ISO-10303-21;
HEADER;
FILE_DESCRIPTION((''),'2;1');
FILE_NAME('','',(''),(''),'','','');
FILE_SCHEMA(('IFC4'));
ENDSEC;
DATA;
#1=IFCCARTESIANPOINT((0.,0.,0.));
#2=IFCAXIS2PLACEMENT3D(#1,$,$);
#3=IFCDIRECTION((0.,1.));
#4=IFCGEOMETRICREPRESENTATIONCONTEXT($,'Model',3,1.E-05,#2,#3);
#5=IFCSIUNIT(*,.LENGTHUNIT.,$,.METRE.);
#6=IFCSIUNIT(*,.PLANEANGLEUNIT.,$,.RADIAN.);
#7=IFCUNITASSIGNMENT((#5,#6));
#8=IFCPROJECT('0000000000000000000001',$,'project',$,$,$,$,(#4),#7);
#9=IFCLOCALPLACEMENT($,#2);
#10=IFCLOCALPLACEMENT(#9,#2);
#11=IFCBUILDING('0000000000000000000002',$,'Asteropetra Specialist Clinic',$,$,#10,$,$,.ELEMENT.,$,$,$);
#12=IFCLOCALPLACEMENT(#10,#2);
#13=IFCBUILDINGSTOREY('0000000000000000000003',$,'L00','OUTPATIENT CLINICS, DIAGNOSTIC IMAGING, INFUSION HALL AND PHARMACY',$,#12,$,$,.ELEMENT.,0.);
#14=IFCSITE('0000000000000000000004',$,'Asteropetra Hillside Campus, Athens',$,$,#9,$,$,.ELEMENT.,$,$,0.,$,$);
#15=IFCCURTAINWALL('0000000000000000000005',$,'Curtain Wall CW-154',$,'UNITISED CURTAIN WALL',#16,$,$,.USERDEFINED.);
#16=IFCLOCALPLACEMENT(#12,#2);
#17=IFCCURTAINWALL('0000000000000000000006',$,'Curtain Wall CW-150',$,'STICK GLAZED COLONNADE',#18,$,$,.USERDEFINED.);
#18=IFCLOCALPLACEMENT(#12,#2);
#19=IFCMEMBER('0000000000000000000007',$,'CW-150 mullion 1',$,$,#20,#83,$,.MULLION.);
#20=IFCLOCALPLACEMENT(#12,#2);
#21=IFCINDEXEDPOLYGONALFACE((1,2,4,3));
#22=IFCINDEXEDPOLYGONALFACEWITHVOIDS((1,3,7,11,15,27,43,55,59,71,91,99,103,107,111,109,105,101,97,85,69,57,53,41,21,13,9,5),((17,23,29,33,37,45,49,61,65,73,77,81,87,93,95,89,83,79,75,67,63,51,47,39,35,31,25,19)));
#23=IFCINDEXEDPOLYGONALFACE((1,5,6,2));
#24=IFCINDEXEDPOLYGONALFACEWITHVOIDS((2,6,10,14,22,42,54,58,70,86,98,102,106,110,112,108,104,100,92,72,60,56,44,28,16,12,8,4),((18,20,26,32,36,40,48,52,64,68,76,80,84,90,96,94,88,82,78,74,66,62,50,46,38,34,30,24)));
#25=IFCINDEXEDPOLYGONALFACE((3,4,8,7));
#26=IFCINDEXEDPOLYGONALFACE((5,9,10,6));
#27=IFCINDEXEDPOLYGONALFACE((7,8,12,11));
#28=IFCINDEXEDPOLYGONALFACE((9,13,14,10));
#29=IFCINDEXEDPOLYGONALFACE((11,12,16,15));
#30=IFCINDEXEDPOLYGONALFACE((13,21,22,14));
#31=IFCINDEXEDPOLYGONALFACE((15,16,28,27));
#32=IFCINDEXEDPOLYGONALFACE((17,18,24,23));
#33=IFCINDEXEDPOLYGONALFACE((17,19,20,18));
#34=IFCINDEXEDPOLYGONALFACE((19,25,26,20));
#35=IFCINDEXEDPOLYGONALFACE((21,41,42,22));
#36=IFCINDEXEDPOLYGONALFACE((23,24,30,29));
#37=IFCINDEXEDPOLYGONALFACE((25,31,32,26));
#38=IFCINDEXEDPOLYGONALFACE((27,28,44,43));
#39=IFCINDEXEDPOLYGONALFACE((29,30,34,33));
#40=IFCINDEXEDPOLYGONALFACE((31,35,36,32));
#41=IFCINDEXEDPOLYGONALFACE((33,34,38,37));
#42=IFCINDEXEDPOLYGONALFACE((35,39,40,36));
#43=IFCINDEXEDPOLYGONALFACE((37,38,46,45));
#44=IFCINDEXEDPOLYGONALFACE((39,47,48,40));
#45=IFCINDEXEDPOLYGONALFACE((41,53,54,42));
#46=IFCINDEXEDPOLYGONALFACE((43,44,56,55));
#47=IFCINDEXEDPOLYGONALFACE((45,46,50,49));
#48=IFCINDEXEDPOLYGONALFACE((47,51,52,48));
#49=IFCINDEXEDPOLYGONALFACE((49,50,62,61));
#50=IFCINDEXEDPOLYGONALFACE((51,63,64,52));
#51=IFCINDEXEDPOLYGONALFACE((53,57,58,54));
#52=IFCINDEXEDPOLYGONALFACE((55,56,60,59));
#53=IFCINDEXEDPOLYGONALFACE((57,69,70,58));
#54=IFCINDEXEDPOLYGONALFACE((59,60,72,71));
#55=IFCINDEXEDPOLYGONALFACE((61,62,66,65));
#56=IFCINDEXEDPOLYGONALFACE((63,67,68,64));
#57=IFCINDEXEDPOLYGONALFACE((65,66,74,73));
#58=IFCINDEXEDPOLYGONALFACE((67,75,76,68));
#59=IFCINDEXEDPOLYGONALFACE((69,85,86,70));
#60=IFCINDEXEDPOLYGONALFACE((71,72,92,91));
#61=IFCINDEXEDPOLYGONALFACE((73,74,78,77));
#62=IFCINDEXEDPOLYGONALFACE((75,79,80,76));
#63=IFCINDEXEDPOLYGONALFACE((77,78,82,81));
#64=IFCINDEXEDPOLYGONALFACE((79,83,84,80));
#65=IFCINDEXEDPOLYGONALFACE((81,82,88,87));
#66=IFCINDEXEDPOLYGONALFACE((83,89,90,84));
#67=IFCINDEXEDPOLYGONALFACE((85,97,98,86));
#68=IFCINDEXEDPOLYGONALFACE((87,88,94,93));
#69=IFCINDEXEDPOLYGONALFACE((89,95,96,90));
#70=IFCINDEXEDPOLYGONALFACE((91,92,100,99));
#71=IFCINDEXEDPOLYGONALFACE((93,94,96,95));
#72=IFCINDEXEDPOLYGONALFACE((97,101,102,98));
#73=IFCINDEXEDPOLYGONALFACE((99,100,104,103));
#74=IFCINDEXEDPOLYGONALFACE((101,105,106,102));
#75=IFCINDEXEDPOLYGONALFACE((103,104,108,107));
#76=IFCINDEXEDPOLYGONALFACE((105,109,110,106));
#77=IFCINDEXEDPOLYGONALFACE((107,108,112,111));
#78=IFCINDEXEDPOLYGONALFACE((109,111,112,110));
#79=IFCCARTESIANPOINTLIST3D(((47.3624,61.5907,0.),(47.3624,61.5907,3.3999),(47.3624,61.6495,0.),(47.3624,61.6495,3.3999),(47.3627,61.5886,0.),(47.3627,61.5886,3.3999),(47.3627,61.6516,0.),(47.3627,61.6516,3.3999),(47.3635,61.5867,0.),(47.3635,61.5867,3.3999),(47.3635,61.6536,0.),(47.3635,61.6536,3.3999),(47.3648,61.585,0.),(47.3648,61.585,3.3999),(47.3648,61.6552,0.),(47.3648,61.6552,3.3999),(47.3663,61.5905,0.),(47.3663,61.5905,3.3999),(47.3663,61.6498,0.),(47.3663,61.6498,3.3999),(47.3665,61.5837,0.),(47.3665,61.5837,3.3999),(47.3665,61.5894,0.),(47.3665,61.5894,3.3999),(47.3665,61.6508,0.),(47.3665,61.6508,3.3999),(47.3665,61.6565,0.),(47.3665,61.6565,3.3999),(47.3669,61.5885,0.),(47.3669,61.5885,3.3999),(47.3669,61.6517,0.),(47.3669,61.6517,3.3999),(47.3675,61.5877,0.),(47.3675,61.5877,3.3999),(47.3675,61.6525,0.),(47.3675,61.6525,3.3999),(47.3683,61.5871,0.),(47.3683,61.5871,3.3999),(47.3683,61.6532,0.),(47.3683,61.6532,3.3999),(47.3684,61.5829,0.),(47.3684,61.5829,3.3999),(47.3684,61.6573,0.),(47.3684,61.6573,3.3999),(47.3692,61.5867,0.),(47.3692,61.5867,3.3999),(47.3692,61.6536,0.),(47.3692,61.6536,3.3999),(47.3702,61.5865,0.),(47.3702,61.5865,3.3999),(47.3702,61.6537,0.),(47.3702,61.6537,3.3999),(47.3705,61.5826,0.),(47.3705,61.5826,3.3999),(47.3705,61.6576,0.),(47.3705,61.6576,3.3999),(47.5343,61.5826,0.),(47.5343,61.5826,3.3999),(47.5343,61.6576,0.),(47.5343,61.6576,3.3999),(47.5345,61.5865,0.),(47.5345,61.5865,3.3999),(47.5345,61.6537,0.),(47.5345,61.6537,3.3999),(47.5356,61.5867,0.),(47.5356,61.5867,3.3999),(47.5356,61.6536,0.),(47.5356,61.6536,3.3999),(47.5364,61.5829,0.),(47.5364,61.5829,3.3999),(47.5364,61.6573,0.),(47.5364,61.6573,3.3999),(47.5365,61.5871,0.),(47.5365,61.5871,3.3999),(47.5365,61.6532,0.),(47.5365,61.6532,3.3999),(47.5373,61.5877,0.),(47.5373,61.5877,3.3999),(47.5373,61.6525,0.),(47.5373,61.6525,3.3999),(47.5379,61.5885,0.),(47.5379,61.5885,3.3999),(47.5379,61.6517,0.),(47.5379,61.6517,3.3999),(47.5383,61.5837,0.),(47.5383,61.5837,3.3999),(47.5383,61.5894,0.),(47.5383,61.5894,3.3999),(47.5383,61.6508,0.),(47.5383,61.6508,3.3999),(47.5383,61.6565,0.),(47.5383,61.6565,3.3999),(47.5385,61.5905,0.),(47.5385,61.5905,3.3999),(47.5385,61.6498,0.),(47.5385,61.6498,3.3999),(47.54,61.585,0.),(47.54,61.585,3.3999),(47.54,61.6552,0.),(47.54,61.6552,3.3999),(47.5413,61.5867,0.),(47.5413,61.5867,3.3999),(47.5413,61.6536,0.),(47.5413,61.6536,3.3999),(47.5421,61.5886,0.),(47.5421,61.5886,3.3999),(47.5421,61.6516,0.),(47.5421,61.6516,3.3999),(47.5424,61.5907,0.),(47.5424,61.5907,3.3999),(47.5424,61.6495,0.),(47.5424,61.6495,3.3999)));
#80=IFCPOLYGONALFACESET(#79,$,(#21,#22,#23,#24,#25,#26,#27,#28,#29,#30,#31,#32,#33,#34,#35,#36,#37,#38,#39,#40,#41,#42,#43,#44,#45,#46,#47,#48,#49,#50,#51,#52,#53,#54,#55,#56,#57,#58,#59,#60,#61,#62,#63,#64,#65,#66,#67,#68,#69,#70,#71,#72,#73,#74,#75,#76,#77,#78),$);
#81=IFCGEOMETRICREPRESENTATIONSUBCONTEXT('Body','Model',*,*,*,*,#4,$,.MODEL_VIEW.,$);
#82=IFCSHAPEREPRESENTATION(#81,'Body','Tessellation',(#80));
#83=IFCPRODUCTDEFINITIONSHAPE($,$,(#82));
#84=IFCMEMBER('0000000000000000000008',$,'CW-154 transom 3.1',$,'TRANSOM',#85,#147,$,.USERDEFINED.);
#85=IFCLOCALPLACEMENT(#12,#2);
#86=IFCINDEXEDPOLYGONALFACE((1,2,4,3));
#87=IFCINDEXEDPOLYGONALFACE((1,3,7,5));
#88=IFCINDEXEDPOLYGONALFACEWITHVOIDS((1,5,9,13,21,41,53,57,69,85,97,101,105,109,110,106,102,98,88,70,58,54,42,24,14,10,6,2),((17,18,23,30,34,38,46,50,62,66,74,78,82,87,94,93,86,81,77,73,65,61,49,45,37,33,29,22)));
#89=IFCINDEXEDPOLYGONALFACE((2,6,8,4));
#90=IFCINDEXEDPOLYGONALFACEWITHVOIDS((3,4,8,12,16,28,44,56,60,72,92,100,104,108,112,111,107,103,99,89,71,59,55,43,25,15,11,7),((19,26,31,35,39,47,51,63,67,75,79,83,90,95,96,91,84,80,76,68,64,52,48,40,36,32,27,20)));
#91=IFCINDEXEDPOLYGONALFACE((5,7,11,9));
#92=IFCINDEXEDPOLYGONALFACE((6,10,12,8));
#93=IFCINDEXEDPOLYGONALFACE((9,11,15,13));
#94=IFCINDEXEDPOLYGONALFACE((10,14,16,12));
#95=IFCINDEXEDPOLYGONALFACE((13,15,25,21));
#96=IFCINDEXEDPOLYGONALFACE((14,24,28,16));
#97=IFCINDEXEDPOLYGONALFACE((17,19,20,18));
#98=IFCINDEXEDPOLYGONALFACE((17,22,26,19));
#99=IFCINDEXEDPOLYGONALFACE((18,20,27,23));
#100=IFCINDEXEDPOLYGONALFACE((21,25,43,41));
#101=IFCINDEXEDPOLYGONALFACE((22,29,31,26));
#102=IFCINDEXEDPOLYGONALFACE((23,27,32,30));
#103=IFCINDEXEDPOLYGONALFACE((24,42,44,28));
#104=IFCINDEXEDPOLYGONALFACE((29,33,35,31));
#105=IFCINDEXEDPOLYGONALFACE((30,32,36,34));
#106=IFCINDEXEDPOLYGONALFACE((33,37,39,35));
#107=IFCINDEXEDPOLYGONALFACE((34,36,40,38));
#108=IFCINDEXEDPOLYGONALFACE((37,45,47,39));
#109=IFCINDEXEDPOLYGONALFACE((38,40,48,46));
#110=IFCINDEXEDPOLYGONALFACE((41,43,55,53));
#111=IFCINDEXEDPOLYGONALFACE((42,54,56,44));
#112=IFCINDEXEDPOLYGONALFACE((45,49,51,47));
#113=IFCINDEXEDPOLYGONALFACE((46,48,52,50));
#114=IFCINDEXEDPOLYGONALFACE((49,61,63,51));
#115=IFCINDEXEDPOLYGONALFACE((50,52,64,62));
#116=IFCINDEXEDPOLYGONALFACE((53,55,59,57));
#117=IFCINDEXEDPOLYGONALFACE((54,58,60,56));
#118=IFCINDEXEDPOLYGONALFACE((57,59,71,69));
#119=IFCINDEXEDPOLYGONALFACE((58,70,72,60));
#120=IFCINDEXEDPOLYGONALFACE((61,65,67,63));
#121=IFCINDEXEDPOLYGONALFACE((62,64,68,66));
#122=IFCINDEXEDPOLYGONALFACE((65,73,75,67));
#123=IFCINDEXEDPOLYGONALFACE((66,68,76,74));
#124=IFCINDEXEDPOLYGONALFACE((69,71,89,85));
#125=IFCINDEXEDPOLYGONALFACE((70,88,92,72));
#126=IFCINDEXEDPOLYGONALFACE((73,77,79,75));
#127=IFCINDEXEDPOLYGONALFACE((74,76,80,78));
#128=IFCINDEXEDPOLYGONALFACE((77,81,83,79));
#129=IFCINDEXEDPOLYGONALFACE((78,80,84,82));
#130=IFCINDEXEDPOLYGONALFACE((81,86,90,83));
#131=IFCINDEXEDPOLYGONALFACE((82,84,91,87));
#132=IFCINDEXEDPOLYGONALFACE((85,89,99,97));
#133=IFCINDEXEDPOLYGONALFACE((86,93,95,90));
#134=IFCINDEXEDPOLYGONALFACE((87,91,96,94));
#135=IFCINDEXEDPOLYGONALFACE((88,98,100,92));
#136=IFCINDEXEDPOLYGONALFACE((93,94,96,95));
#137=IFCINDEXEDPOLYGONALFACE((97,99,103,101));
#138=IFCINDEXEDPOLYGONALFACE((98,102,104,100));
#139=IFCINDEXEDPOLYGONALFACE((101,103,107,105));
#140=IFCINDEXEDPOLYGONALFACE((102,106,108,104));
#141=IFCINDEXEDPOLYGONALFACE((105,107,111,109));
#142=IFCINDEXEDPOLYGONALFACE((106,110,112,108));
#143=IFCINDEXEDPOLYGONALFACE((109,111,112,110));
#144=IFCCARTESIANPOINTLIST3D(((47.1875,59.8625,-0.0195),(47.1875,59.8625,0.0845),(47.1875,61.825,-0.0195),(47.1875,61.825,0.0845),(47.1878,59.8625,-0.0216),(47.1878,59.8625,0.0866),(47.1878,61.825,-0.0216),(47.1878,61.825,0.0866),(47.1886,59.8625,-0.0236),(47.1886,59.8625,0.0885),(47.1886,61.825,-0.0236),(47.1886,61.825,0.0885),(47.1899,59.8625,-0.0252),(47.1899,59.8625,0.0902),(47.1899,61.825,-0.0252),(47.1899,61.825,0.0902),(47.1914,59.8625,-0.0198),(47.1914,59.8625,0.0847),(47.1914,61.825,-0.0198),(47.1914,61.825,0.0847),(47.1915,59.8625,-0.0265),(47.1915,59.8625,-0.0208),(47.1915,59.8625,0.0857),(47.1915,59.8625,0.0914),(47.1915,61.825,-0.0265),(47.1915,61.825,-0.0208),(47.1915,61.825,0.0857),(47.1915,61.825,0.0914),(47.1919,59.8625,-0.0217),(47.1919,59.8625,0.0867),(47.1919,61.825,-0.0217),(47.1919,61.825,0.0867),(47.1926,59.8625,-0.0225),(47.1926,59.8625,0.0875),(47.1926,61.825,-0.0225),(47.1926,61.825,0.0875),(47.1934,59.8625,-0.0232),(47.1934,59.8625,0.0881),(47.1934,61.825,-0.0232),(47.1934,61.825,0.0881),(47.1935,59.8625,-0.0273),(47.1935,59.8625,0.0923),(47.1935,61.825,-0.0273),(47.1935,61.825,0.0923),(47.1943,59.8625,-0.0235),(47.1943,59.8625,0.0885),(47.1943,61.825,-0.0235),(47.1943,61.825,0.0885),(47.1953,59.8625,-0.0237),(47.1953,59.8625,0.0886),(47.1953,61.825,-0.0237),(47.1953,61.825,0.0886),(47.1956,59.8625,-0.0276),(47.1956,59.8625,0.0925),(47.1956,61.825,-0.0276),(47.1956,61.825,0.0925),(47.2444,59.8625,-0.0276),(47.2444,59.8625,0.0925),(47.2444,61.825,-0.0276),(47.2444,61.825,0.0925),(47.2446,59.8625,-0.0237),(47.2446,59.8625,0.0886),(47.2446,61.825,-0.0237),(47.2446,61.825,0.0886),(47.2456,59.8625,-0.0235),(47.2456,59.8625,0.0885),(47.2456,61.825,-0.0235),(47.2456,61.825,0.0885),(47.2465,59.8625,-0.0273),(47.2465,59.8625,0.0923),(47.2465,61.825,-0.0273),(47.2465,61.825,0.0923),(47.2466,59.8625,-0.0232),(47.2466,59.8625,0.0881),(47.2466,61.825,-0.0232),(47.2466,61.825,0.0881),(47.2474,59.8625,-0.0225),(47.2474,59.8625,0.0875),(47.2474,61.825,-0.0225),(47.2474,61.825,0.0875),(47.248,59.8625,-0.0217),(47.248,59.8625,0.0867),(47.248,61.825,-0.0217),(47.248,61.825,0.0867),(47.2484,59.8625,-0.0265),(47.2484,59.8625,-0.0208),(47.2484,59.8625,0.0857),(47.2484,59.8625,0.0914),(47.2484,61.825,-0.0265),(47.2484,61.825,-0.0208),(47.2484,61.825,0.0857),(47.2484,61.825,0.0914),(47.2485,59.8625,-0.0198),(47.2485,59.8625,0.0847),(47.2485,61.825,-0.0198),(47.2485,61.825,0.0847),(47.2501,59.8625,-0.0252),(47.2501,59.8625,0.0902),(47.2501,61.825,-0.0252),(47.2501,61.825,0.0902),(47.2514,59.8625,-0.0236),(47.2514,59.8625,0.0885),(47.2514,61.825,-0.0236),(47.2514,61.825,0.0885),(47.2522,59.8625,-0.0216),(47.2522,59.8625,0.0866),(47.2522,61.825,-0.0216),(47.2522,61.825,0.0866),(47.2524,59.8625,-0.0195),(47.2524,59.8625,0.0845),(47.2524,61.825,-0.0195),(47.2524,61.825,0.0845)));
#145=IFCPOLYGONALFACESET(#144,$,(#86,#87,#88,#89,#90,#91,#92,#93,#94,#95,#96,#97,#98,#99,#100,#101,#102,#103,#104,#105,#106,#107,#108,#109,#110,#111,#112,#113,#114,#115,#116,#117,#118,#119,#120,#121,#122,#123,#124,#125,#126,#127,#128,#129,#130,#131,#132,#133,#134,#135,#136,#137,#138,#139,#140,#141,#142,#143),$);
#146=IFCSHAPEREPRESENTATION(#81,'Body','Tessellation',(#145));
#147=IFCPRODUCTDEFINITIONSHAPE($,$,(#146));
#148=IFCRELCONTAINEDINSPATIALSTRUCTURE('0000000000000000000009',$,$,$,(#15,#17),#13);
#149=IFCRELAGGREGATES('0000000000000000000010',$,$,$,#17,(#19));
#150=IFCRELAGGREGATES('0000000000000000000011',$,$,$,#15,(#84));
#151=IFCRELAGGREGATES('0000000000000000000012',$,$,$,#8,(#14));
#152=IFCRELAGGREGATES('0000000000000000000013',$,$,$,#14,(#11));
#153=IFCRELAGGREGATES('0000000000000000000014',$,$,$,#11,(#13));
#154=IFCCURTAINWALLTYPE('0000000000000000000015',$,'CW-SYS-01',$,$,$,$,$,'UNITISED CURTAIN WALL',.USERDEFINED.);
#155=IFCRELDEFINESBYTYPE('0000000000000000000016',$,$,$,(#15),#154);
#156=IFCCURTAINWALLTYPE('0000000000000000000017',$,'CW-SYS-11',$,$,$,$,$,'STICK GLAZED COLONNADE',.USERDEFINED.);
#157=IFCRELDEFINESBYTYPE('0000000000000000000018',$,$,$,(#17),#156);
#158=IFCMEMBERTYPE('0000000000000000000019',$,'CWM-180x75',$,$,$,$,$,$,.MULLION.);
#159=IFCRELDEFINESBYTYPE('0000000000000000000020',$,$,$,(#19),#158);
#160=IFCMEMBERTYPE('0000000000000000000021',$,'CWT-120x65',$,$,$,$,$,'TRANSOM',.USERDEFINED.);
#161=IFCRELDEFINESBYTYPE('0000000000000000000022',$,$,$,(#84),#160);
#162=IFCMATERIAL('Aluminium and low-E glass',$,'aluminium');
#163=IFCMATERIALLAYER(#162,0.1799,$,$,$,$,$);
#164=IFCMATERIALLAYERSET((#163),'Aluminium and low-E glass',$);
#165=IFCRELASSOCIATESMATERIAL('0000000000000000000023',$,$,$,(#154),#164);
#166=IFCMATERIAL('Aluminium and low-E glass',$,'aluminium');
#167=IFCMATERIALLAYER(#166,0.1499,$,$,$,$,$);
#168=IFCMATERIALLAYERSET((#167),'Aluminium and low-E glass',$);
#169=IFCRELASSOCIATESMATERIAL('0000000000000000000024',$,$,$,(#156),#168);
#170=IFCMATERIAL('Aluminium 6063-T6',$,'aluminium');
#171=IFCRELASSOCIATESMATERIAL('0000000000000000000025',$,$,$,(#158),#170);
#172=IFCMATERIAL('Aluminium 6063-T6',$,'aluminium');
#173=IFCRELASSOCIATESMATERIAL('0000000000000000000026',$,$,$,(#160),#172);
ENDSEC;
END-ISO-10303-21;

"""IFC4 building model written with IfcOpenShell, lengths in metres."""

from ifc_helpers import new_model, si_unit, direction, frame, origin, origin_2d, place, context, subcontext, project, spatial, hollow_rectangle, extrude, material, layer, layer_set, material_profile, profile_set, type_object, element, aggregate, save


model = new_model("IFC4")

# Units and contexts
model_context = context("Model", 3, precision=1e-05, world=origin(), true_north=direction((0.0, 1.0)))
body_context = subcontext(model_context, "Body", "Model", "MODEL_VIEW")
ifc_project = project(units=[si_unit("LENGTHUNIT", "METRE"), si_unit("PLANEANGLEUNIT", "RADIAN")], contexts=[model_context])

# Site, building, storey
site_placement = place(None, origin())
site = spatial("IfcSite", under=ifc_project, at=site_placement, Name="Asteropetra Hillside Campus, Athens", CompositionType="ELEMENT", RefElevation=0.0)
building_placement = place(site_placement, origin())
building = spatial("IfcBuilding", under=site, at=building_placement, Name="Asteropetra Specialist Clinic", CompositionType="ELEMENT")
storey_placement = place(building_placement, origin())
storey = spatial("IfcBuildingStorey", under=building, at=storey_placement, Name="L00", Description="OUTPATIENT CLINICS, DIAGNOSTIC IMAGING, INFUSION HALL AND PHARMACY", CompositionType="ELEMENT", Elevation=0.0)

# Curtain wall
ifc_material_1 = material(Name="Aluminium and low-E glass", Category="aluminium")
ifc_layer_1 = layer(ifc_material_1, 0.1799)
ifc_layer_set_1 = layer_set([ifc_layer_1], Name="Aluminium and low-E glass")
curtain_wall_type_1 = type_object("IfcCurtainWallType", Name="CW-SYS-01", ElementType="UNITISED CURTAIN WALL", PredefinedType="USERDEFINED", material=ifc_layer_set_1)
curtain_wall_1_placement = place(storey_placement, origin())
curtain_wall_1 = element("IfcCurtainWall", 1, at=curtain_wall_1_placement, inside=storey, type_object=curtain_wall_type_1, Name="Curtain Wall CW-154", ObjectType="UNITISED CURTAIN WALL", PredefinedType="USERDEFINED")

# Curtain wall, member
ifc_material_2 = material(Name="Aluminium and low-E glass", Category="aluminium")
ifc_layer_2 = layer(ifc_material_2, 0.1499)
ifc_layer_set_2 = layer_set([ifc_layer_2], Name="Aluminium and low-E glass")
curtain_wall_type_2 = type_object("IfcCurtainWallType", Name="CW-SYS-11", ElementType="STICK GLAZED COLONNADE", PredefinedType="USERDEFINED", material=ifc_layer_set_2)
curtain_wall_2_placement = place(storey_placement, origin())
curtain_wall_2 = element("IfcCurtainWall", 2, at=curtain_wall_2_placement, inside=storey, type_object=curtain_wall_type_2, Name="Curtain Wall CW-150", ObjectType="STICK GLAZED COLONNADE", PredefinedType="USERDEFINED")
ifc_material_3 = material(Name="Aluminium 6063-T6", Category="aluminium")
ifc_material_profile_1 = material_profile(ifc_material_3, hollow_rectangle(XDim=0.075, YDim=0.1799, WallThickness=0.0039, InnerFilletRadius=0.0039, OuterFilletRadius=0.0081, at=origin_2d()), Name="MUL 180x75x4.0")
ifc_profile_set_1 = profile_set([ifc_material_profile_1], Name="Aluminium 6063-T6")
member_type_1 = type_object("IfcMemberType", Name="CWM-180x75", PredefinedType="MULLION", material=ifc_profile_set_1)
member_1_placement = place(storey_placement, frame((47.4524, 61.6201, 0.0), z_axis=(0.0, 0.0, 1.0), x_axis=(0.0, -1.0, 0.0)))
member_1 = element("IfcMember", 3, at=member_1_placement, type_object=member_type_1, Name="CW-150 mullion 1", PredefinedType="MULLION", context=body_context, shape_type="SweptSolid", body=[
    extrude(hollow_rectangle(XDim=0.075, YDim=0.1799, WallThickness=0.0039, InnerFilletRadius=0.0039, OuterFilletRadius=0.0081, at=origin_2d()), origin(), (0.0, 0.0, 1.0), 3.3999),
])

# Member
ifc_material_4 = material(Name="Aluminium 6063-T6", Category="aluminium")
ifc_material_profile_2 = material_profile(ifc_material_4, hollow_rectangle(XDim=0.0649, YDim=0.1201, WallThickness=0.0039, InnerFilletRadius=0.0039, OuterFilletRadius=0.0081, at=origin_2d()), Name="TRN 120x65x4.0")
ifc_profile_set_2 = profile_set([ifc_material_profile_2], Name="Aluminium 6063-T6")
member_type_2 = type_object("IfcMemberType", Name="CWT-120x65", ElementType="TRANSOM", PredefinedType="USERDEFINED", material=ifc_profile_set_2)
member_2_placement = place(storey_placement, frame((47.22, 59.8625, 0.0325), z_axis=(0.0, 1.0, 0.0), x_axis=(-1.0, 0.0, 0.0)))
member_2 = element("IfcMember", 4, at=member_2_placement, type_object=member_type_2, Name="CW-154 transom 3.1", ObjectType="TRANSOM", PredefinedType="USERDEFINED", context=body_context, shape_type="SweptSolid", body=[
    extrude(hollow_rectangle(XDim=0.0649, YDim=0.1201, WallThickness=0.0039, InnerFilletRadius=0.0039, OuterFilletRadius=0.0081, at=origin_2d()), origin(), (0.0, 0.0, 1.0), 1.9624),
])
aggregate(curtain_wall_2, [member_1])

aggregate(curtain_wall_1, [member_2])

save(model, "model.ifc")
